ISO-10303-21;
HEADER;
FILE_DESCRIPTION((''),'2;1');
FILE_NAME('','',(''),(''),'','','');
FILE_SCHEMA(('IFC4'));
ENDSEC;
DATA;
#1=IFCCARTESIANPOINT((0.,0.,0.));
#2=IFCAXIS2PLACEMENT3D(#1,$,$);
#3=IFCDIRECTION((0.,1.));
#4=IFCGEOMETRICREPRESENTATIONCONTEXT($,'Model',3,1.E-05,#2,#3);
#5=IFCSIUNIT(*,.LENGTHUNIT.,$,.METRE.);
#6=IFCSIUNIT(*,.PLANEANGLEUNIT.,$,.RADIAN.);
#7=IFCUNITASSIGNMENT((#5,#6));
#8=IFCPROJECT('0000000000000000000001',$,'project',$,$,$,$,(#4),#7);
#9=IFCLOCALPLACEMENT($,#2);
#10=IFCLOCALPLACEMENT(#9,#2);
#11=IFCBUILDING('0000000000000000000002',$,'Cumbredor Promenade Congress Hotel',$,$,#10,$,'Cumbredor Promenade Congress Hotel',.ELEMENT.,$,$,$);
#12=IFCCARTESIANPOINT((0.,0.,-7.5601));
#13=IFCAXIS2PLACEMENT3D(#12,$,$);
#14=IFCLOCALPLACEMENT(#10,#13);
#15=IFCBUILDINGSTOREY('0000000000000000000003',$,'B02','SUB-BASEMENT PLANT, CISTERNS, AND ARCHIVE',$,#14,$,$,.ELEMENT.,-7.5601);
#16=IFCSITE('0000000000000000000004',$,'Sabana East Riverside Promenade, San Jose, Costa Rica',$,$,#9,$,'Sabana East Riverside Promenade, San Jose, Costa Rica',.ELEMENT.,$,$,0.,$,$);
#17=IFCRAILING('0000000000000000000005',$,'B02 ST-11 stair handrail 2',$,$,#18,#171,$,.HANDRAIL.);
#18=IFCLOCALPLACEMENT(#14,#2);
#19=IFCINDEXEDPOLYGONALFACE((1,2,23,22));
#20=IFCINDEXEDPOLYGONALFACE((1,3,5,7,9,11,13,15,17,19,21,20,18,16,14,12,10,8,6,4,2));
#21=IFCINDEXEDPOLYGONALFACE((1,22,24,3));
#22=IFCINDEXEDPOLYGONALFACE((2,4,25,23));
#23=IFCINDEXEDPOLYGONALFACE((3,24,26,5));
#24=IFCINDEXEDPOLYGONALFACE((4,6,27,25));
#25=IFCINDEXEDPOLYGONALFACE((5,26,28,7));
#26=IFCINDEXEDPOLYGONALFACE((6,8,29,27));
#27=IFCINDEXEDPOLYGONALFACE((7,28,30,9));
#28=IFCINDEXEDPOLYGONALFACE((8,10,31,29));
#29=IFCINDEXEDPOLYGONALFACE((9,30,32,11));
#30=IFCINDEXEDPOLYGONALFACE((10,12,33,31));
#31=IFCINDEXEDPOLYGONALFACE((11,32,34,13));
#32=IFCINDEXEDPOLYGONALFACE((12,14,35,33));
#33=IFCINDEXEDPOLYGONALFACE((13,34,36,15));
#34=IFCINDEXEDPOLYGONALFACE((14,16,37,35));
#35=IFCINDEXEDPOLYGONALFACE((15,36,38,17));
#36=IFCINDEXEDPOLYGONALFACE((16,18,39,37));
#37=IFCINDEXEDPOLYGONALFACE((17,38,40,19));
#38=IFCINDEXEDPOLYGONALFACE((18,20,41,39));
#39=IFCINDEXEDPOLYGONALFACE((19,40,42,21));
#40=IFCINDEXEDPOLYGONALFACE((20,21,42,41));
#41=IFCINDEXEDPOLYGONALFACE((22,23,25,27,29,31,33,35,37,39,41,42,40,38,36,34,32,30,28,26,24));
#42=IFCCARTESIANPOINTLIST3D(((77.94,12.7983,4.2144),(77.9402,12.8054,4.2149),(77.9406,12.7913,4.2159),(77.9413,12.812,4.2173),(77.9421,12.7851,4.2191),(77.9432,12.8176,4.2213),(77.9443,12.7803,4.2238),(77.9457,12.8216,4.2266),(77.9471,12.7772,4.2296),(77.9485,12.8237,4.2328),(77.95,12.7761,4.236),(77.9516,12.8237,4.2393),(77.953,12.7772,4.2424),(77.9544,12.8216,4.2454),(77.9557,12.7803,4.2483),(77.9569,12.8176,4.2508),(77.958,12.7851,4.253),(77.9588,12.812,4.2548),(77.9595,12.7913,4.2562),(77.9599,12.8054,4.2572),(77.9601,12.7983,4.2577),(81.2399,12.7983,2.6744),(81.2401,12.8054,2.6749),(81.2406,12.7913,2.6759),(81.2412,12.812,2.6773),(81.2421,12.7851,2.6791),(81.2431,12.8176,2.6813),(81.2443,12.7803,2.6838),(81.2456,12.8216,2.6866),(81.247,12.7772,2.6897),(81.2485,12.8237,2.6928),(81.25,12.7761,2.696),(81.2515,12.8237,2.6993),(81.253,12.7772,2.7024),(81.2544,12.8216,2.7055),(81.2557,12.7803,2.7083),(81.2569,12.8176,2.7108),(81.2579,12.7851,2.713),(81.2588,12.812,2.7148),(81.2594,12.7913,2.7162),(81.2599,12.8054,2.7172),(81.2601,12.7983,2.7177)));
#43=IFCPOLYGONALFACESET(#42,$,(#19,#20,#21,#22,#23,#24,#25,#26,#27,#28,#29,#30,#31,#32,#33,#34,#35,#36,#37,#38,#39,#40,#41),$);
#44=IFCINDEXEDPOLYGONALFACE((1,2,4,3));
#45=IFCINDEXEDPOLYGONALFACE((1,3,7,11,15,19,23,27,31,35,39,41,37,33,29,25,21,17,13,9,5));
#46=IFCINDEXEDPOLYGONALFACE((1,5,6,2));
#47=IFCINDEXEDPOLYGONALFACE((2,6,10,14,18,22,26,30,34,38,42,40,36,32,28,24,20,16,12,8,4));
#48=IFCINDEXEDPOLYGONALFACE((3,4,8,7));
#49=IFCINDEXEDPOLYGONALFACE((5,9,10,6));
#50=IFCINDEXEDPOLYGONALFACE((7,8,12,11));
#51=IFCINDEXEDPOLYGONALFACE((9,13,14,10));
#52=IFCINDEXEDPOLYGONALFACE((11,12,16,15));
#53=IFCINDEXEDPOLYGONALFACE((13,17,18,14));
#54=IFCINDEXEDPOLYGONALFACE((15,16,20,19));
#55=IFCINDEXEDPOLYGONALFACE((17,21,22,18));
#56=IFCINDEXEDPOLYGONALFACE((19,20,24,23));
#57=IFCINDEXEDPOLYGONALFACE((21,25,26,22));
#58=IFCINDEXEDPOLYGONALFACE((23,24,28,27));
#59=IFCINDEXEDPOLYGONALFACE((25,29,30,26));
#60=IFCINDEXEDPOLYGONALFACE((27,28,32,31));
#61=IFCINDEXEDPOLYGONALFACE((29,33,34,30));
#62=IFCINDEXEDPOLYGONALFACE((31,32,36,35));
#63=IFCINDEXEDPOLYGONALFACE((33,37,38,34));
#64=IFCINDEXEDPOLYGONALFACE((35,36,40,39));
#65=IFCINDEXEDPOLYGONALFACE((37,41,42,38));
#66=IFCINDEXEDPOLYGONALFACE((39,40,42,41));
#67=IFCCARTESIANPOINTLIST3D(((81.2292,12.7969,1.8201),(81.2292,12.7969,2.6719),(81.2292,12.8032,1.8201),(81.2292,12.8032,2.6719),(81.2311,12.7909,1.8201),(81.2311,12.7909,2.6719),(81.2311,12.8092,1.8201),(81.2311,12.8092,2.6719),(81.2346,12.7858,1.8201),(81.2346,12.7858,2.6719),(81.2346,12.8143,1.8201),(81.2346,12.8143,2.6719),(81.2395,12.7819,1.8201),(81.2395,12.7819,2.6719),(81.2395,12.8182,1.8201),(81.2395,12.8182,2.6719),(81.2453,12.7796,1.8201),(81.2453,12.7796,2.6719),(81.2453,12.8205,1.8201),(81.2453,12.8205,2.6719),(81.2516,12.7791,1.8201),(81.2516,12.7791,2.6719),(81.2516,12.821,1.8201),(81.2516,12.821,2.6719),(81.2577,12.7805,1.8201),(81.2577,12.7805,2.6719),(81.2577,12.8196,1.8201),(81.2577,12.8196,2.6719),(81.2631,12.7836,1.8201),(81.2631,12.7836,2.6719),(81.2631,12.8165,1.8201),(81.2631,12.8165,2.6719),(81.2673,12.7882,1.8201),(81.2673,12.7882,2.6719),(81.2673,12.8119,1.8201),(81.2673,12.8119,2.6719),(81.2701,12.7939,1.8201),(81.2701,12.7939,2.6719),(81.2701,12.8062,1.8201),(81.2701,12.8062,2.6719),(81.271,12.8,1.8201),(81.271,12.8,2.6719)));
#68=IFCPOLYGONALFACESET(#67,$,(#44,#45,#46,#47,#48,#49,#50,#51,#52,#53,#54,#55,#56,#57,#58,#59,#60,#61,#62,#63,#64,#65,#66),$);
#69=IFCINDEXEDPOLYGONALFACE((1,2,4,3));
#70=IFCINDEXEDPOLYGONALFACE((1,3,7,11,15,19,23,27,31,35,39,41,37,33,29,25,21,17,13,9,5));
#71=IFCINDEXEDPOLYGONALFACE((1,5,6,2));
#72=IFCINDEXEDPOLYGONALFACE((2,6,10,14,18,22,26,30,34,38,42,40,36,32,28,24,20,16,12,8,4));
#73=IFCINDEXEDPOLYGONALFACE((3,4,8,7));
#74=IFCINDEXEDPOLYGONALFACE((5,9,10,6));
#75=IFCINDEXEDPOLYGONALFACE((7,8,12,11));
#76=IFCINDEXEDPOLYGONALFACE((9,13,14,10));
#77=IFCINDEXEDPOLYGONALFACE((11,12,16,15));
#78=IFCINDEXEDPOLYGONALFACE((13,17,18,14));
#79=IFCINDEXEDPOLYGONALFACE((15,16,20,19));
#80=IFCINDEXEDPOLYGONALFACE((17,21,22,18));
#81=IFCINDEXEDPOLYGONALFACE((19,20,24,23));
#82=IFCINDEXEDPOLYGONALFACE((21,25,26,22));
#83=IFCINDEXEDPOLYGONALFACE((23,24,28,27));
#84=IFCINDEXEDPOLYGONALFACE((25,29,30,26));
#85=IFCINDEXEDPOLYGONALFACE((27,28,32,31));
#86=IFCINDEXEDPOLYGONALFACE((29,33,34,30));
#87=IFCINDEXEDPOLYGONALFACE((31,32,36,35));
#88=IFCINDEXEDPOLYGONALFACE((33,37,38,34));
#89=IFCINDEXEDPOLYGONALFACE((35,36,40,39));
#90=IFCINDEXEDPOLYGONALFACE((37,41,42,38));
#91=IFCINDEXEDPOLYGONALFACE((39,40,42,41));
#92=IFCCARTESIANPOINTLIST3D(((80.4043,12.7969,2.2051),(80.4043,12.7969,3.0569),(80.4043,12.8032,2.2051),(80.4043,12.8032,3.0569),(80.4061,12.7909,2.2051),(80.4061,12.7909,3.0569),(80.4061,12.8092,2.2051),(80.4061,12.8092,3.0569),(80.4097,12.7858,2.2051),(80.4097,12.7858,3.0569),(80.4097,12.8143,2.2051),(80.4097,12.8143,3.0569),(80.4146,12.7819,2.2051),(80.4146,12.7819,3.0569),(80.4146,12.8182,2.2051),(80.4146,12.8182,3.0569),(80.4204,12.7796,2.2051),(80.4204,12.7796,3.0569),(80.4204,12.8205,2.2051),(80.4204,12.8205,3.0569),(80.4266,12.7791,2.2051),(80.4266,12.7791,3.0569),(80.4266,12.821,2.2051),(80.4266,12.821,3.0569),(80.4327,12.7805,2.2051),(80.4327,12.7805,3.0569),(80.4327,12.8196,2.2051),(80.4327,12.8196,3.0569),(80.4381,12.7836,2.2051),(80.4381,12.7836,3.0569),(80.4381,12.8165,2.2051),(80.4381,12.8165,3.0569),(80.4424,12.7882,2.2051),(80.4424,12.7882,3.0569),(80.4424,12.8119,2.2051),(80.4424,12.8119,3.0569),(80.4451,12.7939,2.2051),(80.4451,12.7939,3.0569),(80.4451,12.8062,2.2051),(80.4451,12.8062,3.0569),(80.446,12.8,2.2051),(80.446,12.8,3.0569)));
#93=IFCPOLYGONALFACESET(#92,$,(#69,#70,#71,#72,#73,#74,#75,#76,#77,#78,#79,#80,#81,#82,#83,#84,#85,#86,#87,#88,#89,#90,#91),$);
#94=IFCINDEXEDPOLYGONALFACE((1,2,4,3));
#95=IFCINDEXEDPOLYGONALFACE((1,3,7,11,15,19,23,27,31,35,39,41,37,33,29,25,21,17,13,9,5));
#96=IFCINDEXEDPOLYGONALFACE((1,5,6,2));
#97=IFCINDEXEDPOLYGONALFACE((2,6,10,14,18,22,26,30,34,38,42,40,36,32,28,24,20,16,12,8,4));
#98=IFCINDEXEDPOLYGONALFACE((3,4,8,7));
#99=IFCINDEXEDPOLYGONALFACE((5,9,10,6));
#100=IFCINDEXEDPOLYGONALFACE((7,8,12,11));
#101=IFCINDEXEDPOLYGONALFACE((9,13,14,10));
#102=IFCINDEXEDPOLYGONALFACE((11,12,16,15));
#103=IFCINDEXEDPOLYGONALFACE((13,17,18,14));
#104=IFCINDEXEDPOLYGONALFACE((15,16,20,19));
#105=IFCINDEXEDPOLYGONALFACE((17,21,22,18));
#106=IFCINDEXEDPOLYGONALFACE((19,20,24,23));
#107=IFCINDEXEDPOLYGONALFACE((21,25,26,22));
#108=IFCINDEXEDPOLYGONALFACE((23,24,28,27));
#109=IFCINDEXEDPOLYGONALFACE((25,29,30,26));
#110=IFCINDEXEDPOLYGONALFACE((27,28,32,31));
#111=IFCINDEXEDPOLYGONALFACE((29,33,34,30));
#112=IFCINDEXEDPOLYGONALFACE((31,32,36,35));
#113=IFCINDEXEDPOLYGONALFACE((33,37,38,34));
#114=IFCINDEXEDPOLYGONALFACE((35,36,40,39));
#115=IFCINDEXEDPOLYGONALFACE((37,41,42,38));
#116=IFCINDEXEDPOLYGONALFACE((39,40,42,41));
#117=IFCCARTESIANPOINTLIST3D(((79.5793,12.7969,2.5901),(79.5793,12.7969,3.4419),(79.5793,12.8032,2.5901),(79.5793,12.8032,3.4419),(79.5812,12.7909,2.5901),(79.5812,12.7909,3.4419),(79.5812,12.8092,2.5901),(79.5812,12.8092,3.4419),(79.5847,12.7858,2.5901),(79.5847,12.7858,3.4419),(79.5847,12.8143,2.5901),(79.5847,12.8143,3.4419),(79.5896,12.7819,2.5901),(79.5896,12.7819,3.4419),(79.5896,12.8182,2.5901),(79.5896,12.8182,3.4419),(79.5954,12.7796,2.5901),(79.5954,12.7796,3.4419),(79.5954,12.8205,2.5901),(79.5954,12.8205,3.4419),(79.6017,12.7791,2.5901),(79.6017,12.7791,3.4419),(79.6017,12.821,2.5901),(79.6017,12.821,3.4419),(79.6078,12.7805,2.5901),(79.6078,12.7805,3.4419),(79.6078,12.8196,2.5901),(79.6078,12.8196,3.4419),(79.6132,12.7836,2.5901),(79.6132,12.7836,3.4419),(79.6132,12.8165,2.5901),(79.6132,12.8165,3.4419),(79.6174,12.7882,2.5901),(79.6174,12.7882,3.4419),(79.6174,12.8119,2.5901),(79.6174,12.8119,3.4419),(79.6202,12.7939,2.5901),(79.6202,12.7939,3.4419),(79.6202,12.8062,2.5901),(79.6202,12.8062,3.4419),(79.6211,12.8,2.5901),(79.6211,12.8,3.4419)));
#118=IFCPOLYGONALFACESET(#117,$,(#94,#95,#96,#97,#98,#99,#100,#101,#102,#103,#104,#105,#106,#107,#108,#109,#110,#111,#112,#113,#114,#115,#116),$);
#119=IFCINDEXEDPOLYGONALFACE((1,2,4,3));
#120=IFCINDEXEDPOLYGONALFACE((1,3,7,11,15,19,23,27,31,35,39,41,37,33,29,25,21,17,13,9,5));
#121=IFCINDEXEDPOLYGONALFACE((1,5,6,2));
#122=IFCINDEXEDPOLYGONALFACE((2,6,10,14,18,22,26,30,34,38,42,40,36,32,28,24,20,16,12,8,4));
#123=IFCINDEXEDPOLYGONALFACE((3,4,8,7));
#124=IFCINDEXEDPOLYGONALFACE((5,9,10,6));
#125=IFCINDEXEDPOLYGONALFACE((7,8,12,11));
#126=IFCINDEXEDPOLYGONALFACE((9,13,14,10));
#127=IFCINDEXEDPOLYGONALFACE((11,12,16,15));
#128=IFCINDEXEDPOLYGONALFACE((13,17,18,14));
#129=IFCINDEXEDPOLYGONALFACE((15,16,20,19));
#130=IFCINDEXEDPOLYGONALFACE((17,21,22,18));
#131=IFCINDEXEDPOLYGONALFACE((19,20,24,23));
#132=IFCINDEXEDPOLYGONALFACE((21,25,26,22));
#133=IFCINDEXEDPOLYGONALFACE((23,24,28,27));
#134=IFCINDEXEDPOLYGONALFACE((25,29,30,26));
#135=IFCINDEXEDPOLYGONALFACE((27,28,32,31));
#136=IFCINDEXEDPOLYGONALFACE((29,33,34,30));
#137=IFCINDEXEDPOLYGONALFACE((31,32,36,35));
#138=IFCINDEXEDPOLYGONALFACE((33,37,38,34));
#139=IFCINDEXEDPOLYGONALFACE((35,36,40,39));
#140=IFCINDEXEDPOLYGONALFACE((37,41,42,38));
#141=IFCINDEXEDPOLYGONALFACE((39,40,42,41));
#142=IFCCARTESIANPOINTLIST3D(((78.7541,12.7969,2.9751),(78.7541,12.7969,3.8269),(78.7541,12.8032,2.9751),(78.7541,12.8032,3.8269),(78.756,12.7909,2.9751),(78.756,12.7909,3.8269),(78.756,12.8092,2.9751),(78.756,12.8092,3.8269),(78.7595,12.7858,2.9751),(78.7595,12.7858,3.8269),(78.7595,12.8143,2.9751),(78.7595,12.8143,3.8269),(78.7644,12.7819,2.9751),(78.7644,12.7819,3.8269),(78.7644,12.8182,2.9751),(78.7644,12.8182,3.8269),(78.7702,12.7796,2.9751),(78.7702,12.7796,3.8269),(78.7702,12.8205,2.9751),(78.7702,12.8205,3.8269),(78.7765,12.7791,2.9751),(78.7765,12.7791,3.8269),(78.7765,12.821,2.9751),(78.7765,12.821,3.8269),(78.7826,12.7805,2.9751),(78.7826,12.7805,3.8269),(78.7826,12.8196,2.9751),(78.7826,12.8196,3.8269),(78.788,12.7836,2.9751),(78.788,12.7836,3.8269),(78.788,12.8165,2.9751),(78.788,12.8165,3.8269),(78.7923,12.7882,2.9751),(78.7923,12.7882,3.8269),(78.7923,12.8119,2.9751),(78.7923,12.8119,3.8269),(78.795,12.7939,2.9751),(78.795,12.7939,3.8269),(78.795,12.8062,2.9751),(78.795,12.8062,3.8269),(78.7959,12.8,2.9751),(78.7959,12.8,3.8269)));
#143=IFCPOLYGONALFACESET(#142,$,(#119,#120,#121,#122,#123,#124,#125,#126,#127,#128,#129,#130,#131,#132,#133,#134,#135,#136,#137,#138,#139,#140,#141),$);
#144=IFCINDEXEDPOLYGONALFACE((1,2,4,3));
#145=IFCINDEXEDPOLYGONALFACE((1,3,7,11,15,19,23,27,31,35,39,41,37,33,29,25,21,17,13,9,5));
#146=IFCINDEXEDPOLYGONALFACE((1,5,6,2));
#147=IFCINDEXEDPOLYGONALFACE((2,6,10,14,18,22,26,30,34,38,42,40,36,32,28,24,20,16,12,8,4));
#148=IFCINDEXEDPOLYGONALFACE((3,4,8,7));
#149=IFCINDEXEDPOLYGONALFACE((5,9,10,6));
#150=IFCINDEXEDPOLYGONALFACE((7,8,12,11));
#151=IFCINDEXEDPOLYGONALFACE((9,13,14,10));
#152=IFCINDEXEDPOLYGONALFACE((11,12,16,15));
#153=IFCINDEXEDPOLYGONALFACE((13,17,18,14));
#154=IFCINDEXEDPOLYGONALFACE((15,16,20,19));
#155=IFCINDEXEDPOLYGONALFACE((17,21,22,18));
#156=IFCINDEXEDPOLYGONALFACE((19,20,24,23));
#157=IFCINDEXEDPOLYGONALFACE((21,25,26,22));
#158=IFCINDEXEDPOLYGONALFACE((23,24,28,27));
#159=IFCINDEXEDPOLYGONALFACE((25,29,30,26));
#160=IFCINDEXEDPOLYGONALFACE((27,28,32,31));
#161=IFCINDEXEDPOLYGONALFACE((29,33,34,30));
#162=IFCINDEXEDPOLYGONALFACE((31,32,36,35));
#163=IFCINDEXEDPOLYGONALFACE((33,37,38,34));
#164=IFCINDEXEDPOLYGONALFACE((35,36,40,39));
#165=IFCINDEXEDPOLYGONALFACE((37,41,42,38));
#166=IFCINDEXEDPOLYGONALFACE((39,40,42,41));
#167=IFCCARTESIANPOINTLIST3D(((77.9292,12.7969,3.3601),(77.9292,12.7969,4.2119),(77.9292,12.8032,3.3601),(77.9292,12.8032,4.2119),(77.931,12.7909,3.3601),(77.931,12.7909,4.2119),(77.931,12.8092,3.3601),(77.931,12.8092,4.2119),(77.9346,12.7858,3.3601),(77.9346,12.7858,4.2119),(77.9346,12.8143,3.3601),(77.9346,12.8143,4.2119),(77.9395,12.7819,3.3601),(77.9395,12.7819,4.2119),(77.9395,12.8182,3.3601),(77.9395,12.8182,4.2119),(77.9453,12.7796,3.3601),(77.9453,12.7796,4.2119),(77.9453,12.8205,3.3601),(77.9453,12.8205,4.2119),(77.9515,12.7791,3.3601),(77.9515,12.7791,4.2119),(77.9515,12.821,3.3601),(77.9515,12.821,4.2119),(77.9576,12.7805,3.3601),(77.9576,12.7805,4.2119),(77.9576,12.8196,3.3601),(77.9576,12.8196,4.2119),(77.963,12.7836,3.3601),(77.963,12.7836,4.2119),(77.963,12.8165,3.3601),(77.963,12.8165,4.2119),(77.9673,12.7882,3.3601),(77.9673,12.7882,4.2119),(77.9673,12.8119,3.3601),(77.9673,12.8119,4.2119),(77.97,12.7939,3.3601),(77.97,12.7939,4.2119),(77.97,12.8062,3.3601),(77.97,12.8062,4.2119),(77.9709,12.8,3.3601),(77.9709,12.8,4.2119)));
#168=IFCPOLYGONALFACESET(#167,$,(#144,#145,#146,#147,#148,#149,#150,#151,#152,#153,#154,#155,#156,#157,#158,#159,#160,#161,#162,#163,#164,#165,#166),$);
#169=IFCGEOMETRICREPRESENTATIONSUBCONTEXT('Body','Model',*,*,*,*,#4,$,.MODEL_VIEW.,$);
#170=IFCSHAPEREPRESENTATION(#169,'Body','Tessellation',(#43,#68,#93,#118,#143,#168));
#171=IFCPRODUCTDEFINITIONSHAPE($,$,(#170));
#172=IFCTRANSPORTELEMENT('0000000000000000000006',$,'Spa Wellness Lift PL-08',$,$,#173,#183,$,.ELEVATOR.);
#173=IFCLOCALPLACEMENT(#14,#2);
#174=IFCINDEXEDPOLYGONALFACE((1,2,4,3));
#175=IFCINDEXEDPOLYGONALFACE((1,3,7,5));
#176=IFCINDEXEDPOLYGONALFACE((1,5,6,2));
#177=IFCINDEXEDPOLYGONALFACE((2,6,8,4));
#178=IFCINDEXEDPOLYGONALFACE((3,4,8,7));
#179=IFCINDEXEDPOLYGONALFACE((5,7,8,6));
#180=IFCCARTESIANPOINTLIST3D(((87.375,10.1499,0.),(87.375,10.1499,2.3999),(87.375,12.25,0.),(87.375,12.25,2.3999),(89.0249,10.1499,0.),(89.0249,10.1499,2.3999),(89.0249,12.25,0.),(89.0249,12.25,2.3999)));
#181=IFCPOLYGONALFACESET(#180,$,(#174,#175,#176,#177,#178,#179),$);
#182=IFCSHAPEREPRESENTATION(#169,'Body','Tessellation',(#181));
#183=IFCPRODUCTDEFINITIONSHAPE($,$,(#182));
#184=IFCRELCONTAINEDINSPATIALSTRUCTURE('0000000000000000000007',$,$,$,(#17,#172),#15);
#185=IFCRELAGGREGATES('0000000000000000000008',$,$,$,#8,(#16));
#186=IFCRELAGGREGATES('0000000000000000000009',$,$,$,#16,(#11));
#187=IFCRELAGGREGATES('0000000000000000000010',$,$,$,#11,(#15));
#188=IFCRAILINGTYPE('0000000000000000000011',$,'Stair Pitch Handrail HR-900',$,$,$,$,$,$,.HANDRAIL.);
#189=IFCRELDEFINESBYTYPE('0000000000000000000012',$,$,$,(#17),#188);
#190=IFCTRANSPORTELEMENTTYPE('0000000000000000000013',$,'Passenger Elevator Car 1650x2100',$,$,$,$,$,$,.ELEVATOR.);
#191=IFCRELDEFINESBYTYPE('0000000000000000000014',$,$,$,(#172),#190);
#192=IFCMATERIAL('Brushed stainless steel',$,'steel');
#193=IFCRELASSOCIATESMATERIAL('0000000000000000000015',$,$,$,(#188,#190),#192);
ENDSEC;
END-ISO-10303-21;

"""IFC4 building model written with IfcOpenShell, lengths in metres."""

from ifc_helpers import new_model, si_unit, direction, frame, origin, origin_2d, place, context, subcontext, project, spatial, rectangle, circle, extrude, material, type_object, element, save


model = new_model("IFC4")

# Units and contexts
model_context = context("Model", 3, precision=1e-05, world=origin(), true_north=direction((0.0, 1.0)))
body_context = subcontext(model_context, "Body", "Model", "MODEL_VIEW")
ifc_project = project(units=[si_unit("LENGTHUNIT", "METRE"), si_unit("PLANEANGLEUNIT", "RADIAN")], contexts=[model_context])

# Site, building, storey
site_placement = place(None, origin())
site = spatial("IfcSite", under=ifc_project, at=site_placement, Name="Sabana East Riverside Promenade, San Jose, Costa Rica", LongName="Sabana East Riverside Promenade, San Jose, Costa Rica", CompositionType="ELEMENT", RefElevation=0.0)
building_placement = place(site_placement, origin())
building = spatial("IfcBuilding", under=site, at=building_placement, Name="Cumbredor Promenade Congress Hotel", LongName="Cumbredor Promenade Congress Hotel", CompositionType="ELEMENT")
storey_placement = place(building_placement, frame((0.0, 0.0, -7.5601)))
storey = spatial("IfcBuildingStorey", under=building, at=storey_placement, Name="B02", Description="SUB-BASEMENT PLANT, CISTERNS, AND ARCHIVE", CompositionType="ELEMENT", Elevation=-7.5601)

# Shared definitions
ifc_material_1 = material(Name="Brushed stainless steel", Category="steel")

# Railing
railing_type_1 = type_object("IfcRailingType", Name="Stair Pitch Handrail HR-900", PredefinedType="HANDRAIL", material=ifc_material_1)
railing_1_placement = place(storey_placement, frame((81.25, 12.8, 1.8201)))
element("IfcRailing", 1, at=railing_1_placement, inside=storey, type_object=railing_type_1, Name="B02 ST-11 stair handrail 2", PredefinedType="HANDRAIL", context=body_context, shape_type="SweptSolid", body=[
    extrude(circle(Radius=0.0239, at=origin_2d()), frame((0.0, 0.0, 0.876), z_axis=(-0.906181, 0.0, 0.422889), x_axis=(0.0, -1.0, 0.0)), (0.0, 0.0, 1.0), 3.6416),
    extrude(circle(Radius=0.021, at=origin_2d()), origin(), (0.0, 0.0, 1.0), 0.8518),
    extrude(circle(Radius=0.021, at=origin_2d()), frame((-0.825, 0.0, 0.385)), (0.0, 0.0, 1.0), 0.8518),
    extrude(circle(Radius=0.021, at=origin_2d()), frame((-1.6499, 0.0, 0.77)), (0.0, 0.0, 1.0), 0.8518),
    extrude(circle(Radius=0.021, at=origin_2d()), frame((-2.4751, 0.0, 1.155)), (0.0, 0.0, 1.0), 0.8518),
    extrude(circle(Radius=0.021, at=origin_2d()), frame((-3.3, 0.0, 1.54)), (0.0, 0.0, 1.0), 0.8518),
])

# Transport element
transport_element_type = type_object("IfcTransportElementType", Name="Passenger Elevator Car 1650x2100", PredefinedType="ELEVATOR", material=ifc_material_1)
transport_element_placement = place(storey_placement, frame((88.2, 11.2, 0.0), z_axis=(0.0, 0.0, 1.0), x_axis=(1.0, 0.0, 0.0)))
element("IfcTransportElement", 2, at=transport_element_placement, inside=storey, type_object=transport_element_type, Name="Spa Wellness Lift PL-08", PredefinedType="ELEVATOR", context=body_context, shape_type="SweptSolid", body=[
    extrude(rectangle(XDim=1.6499, YDim=2.1001, at=origin_2d()), origin(), (0.0, 0.0, 1.0), 2.3999),
])

save(model, "model.ifc")
